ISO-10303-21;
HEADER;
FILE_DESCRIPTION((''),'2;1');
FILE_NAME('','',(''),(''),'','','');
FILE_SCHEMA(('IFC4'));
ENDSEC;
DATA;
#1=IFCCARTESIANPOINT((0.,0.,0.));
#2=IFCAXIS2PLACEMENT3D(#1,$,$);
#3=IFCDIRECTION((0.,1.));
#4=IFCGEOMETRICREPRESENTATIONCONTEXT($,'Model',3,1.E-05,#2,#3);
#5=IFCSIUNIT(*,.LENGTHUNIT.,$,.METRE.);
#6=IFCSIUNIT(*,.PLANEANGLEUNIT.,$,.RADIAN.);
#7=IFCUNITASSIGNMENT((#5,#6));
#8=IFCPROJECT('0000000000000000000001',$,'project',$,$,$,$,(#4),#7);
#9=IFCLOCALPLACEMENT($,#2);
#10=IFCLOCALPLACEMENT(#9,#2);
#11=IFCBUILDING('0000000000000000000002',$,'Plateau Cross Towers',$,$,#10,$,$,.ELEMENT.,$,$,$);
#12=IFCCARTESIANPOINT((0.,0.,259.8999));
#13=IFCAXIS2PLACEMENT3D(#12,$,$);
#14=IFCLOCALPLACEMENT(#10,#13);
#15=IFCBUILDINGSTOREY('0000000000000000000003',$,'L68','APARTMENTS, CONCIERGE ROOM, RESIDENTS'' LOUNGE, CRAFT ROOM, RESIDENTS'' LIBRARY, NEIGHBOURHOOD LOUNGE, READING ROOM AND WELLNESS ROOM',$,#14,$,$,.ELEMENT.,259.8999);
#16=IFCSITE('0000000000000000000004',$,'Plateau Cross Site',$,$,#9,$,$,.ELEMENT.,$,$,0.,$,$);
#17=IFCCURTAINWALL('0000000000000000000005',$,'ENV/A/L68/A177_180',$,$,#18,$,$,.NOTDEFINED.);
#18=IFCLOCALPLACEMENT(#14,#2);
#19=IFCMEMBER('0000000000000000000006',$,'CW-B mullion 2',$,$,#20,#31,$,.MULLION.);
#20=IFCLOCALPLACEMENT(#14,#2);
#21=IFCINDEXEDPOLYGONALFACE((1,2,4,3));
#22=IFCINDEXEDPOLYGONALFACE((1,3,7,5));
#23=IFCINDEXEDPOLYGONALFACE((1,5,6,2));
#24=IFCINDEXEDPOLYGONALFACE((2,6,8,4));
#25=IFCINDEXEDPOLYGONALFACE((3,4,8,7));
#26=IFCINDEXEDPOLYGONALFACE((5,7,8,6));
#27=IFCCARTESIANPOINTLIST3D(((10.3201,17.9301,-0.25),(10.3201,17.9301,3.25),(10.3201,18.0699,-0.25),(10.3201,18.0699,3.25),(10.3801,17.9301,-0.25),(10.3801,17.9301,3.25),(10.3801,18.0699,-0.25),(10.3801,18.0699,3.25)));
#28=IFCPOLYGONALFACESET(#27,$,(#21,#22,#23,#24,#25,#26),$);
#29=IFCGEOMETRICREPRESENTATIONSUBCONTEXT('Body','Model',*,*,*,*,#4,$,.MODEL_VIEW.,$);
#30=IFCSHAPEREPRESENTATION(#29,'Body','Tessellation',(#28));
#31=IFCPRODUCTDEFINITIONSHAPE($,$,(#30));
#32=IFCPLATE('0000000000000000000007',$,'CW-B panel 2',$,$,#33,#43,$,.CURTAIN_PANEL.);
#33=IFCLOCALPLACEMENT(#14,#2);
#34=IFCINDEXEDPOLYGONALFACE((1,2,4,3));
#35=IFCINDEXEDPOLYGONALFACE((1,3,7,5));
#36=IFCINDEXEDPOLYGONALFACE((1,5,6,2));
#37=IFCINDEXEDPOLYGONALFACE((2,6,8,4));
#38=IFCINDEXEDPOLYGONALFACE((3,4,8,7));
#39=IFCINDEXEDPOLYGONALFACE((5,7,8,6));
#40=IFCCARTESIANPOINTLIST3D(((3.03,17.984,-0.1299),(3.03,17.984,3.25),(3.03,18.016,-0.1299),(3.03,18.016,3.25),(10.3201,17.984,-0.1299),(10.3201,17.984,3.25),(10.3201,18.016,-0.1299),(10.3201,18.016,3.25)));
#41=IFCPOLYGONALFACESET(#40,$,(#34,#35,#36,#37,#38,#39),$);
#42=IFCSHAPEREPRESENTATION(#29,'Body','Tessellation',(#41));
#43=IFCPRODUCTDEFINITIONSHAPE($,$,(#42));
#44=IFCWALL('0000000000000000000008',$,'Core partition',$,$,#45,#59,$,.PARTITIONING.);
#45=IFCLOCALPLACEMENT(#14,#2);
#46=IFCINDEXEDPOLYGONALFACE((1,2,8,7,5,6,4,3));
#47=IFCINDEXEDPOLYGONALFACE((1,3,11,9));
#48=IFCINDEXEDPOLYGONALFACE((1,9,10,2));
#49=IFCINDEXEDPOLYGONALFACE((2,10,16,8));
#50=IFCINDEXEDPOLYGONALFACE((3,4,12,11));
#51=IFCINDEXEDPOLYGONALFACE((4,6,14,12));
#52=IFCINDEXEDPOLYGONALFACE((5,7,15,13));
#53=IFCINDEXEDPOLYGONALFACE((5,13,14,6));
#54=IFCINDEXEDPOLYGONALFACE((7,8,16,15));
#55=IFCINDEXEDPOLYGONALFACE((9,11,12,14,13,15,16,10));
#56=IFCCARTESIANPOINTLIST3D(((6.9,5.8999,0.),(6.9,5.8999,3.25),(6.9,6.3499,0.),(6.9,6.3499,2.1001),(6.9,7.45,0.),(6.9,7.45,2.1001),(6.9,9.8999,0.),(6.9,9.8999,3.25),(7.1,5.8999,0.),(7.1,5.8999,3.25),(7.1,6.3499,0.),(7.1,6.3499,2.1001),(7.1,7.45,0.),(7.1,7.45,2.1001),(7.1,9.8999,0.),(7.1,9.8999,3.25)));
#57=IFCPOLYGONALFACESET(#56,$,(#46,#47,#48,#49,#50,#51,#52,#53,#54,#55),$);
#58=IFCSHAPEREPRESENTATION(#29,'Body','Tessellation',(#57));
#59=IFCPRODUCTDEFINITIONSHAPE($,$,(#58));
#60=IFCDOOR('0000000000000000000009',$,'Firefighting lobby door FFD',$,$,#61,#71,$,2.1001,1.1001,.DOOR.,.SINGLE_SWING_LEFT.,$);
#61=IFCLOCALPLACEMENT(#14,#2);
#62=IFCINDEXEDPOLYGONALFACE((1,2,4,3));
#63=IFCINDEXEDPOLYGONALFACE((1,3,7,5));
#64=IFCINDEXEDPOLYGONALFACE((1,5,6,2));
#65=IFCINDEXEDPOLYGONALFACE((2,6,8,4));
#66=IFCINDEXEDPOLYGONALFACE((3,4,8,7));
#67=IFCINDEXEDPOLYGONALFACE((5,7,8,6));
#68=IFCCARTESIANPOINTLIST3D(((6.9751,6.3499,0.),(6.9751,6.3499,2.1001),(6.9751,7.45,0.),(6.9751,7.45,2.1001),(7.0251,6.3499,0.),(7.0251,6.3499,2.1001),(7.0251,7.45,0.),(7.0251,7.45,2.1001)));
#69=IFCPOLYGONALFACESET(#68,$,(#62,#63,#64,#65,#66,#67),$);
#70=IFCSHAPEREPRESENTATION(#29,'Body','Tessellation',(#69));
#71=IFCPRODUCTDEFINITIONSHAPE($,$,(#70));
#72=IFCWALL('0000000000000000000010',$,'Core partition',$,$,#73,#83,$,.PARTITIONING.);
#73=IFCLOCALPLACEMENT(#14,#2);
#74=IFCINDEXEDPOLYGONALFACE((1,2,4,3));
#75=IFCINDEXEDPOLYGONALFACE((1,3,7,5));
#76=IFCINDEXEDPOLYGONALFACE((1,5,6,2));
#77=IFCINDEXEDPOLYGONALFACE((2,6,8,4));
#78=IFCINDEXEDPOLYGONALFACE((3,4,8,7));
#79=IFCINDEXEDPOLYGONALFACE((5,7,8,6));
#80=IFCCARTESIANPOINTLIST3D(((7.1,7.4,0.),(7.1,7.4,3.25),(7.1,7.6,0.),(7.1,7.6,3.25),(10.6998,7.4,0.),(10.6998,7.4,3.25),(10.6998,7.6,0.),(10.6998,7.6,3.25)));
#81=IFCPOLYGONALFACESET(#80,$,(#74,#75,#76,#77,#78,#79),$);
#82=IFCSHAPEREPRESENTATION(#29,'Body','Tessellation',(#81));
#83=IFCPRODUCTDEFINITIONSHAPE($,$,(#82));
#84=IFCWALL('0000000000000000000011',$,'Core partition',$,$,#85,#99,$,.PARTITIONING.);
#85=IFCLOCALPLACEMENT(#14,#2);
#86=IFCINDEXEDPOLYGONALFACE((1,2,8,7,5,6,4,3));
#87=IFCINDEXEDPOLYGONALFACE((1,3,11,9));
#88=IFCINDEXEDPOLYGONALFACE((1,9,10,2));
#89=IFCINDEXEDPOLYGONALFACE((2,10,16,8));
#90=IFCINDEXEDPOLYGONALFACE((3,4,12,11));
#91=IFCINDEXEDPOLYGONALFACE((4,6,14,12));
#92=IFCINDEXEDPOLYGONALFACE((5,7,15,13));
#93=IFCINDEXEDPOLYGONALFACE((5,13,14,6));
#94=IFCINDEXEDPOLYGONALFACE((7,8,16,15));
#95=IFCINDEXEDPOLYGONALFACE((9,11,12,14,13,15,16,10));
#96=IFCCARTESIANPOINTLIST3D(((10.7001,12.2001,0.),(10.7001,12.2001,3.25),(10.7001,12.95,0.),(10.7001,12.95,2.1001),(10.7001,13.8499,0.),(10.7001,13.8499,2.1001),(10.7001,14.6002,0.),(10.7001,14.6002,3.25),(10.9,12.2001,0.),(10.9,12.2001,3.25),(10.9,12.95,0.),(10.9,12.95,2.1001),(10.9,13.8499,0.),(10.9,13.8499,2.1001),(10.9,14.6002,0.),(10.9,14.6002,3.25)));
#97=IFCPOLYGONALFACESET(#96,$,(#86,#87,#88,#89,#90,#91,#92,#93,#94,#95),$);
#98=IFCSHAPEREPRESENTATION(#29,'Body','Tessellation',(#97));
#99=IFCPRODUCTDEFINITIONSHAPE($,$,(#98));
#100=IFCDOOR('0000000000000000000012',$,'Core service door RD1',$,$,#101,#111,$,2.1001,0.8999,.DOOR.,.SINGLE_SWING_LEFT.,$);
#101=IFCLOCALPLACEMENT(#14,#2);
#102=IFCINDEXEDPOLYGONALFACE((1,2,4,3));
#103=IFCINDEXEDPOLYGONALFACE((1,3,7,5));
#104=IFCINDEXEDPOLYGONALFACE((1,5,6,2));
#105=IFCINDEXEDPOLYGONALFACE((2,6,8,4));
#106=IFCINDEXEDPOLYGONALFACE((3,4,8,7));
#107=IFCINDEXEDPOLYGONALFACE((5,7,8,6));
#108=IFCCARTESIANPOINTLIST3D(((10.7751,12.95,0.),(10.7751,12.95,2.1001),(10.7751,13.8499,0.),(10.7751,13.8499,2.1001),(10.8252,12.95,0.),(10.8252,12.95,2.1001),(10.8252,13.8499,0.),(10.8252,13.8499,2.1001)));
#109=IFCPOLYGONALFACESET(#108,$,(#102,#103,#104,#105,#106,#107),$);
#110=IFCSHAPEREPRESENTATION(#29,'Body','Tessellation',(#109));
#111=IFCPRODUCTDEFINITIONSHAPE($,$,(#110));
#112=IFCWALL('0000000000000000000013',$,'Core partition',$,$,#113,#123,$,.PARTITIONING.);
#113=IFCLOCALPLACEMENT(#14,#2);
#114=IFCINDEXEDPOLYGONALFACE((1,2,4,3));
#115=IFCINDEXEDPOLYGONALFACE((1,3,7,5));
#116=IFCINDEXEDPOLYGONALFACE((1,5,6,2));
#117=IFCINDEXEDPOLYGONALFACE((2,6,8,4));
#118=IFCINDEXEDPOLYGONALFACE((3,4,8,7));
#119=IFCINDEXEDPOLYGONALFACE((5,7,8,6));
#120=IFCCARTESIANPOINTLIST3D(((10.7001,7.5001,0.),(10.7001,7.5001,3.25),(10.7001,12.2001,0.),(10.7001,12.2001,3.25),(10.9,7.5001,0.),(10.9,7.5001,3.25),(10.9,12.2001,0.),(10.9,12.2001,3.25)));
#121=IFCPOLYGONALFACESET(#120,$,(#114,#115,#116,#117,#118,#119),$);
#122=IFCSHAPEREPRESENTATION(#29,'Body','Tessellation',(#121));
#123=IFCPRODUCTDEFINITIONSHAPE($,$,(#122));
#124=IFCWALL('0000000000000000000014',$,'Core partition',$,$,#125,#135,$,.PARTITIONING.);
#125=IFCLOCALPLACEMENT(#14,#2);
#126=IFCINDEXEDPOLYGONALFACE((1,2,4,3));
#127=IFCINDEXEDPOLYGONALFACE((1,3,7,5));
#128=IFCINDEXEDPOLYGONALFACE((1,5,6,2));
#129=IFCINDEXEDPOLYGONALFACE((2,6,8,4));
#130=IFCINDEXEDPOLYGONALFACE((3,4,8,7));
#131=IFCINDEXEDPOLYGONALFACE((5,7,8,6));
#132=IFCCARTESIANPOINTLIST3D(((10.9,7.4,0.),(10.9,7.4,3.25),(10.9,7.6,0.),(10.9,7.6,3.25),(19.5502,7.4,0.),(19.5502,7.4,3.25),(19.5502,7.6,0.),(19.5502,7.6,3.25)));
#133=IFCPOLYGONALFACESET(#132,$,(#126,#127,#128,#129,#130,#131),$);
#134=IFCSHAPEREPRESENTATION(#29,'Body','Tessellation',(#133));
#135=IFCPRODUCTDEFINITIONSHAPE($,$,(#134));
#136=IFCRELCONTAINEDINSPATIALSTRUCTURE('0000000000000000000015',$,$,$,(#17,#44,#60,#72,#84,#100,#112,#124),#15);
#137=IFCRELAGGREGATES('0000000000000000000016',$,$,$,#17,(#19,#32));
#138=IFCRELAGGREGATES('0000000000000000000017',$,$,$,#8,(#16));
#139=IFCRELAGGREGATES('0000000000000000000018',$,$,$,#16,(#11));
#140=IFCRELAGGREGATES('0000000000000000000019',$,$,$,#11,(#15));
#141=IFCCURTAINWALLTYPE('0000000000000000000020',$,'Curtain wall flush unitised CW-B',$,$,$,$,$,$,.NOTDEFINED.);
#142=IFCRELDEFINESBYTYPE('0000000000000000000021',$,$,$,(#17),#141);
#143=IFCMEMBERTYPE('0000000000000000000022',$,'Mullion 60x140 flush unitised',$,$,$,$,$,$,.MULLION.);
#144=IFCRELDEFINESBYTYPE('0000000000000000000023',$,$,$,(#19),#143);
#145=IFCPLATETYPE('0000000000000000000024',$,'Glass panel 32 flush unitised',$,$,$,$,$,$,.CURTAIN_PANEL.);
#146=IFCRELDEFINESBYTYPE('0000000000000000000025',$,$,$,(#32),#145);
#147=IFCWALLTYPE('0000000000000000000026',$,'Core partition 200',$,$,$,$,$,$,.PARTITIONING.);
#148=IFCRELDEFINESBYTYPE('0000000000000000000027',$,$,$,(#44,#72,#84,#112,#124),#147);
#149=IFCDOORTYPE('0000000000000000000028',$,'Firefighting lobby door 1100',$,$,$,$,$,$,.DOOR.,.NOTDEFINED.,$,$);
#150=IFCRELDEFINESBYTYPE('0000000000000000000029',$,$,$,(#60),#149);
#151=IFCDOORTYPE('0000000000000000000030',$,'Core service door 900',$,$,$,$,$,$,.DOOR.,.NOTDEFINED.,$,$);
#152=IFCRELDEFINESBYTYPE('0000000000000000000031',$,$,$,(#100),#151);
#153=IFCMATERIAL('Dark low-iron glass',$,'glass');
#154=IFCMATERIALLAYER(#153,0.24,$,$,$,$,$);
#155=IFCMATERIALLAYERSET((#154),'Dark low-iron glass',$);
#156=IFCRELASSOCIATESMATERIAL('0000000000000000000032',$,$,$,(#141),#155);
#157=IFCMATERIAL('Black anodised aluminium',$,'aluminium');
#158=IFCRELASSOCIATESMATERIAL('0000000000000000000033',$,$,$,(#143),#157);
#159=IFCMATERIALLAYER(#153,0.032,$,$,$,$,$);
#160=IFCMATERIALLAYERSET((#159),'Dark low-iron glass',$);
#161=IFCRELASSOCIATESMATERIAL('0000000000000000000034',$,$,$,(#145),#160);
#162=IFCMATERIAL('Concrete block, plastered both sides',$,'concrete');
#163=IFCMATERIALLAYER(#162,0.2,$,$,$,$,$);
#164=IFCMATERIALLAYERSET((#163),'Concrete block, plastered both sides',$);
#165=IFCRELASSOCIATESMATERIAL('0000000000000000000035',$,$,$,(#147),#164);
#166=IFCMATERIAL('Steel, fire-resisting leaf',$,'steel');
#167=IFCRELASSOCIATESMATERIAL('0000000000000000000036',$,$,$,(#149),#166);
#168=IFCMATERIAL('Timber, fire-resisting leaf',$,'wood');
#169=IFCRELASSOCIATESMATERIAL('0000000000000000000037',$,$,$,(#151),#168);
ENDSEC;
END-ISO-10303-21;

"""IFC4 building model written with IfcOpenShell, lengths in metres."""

from ifc_helpers import new_model, si_unit, direction, frame, frame_2d, origin, origin_2d, place, context, subcontext, project, spatial, rectangle, extrude, material, layer, layer_set, material_profile, profile_set, type_object, element, fill, aggregate, save


model = new_model("IFC4")

# Units and contexts
model_context = context("Model", 3, precision=1e-05, world=origin(), true_north=direction((0.0, 1.0)))
body_context = subcontext(model_context, "Body", "Model", "MODEL_VIEW")
ifc_project = project(units=[si_unit("LENGTHUNIT", "METRE"), si_unit("PLANEANGLEUNIT", "RADIAN")], contexts=[model_context])

# Site, building, storey
site_placement = place(None, origin())
site = spatial("IfcSite", under=ifc_project, at=site_placement, Name="Plateau Cross Site", CompositionType="ELEMENT", RefElevation=0.0)
building_placement = place(site_placement, origin())
building = spatial("IfcBuilding", under=site, at=building_placement, Name="Plateau Cross Towers", CompositionType="ELEMENT")
storey_placement = place(building_placement, frame((0.0, 0.0, 259.8999)))
storey = spatial("IfcBuildingStorey", under=building, at=storey_placement, Name="L68", Description="APARTMENTS, CONCIERGE ROOM, RESIDENTS' LOUNGE, CRAFT ROOM, RESIDENTS' LIBRARY, NEIGHBOURHOOD LOUNGE, READING ROOM AND WELLNESS ROOM", CompositionType="ELEMENT", Elevation=259.8999)

# Curtain wall, member, plate
ifc_material_1 = material(Name="Dark low-iron glass", Category="glass")
ifc_layer_1 = layer(ifc_material_1, 0.24)
ifc_layer_set_1 = layer_set([ifc_layer_1], Name="Dark low-iron glass")
curtain_wall_type = type_object("IfcCurtainWallType", Name="Curtain wall flush unitised CW-B", PredefinedType="NOTDEFINED", material=ifc_layer_set_1)
curtain_wall_placement = place(storey_placement, origin())
curtain_wall = element("IfcCurtainWall", 1, at=curtain_wall_placement, inside=storey, type_object=curtain_wall_type, Name="ENV/A/L68/A177_180", PredefinedType="NOTDEFINED")
ifc_material_2 = material(Name="Black anodised aluminium", Category="aluminium")
ifc_material_profile = material_profile(ifc_material_2, rectangle(XDim=0.0601, YDim=0.1399, at=origin_2d()), Name="MULLION 60x140")
ifc_profile_set = profile_set([ifc_material_profile], Name="Black anodised aluminium")
member_type = type_object("IfcMemberType", Name="Mullion 60x140 flush unitised", PredefinedType="MULLION", material=ifc_profile_set)
member_placement = place(storey_placement, frame((10.3501, 18.0, -0.25), z_axis=(0.0, 0.0, 1.0), x_axis=(-1.0, 0.0, 0.0)))
member = element("IfcMember", 2, at=member_placement, type_object=member_type, Name="CW-B mullion 2", PredefinedType="MULLION", context=body_context, shape_type="SweptSolid", body=[
    extrude(rectangle(XDim=0.0601, YDim=0.1399, at=origin_2d()), origin(), (0.0, 0.0, 1.0), 3.5),
])
ifc_layer_2 = layer(ifc_material_1, 0.032)
ifc_layer_set_2 = layer_set([ifc_layer_2], Name="Dark low-iron glass")
plate_type = type_object("IfcPlateType", Name="Glass panel 32 flush unitised", PredefinedType="CURTAIN_PANEL", material=ifc_layer_set_2)
plate_placement = place(storey_placement, frame((6.675, 18.0, -0.1299), z_axis=(0.0, 0.0, 1.0), x_axis=(-1.0, 0.0, 0.0)))
plate = element("IfcPlate", 3, at=plate_placement, type_object=plate_type, Name="CW-B panel 2", PredefinedType="CURTAIN_PANEL", context=body_context, shape_type="SweptSolid", body=[
    extrude(rectangle(XDim=7.29, YDim=0.032, at=origin_2d()), origin(), (0.0, 0.0, 1.0), 3.3799),
])
aggregate(curtain_wall, [member, plate])

# Wall, opening, door
ifc_material_3 = material(Name="Concrete block, plastered both sides", Category="concrete")
ifc_layer_3 = layer(ifc_material_3, 0.2)
ifc_layer_set_3 = layer_set([ifc_layer_3], Name="Concrete block, plastered both sides")
wall_type_1 = type_object("IfcWallType", Name="Core partition 200", PredefinedType="PARTITIONING", material=ifc_layer_set_3)
wall_1_placement = place(storey_placement, frame((7.0, 5.8999, 0.0), z_axis=(0.0, 0.0, 1.0), x_axis=(0.0, 1.0, 0.0)))
wall_1 = element("IfcWall", 4, at=wall_1_placement, inside=storey, type_object=wall_type_1, Name="Core partition", PredefinedType="PARTITIONING", context=body_context, shape_type="SweptSolid", body=[
    extrude(rectangle(XDim=4.0, YDim=0.2, at=frame_2d((2.0, 0.0))), origin(), (0.0, 0.0, 1.0), 3.25),
])
opening_1_placement = place(wall_1_placement, frame((0.45, 0.0, 0.0)))
opening_1 = element("IfcOpeningElement", 5, at=opening_1_placement, cuts=wall_1, PredefinedType="OPENING", context=body_context, shape_type="SweptSolid", body=[
    extrude(rectangle(XDim=1.1001, YDim=2.1001, at=frame_2d((0.55, 1.05))), frame((0.0, 0.1099, 0.0), z_axis=(0.0, -1.0, 0.0), x_axis=(1.0, 0.0, 0.0)), (0.0, 0.0, 1.0), 0.22),
])
ifc_material_4 = material(Name="Steel, fire-resisting leaf", Category="steel")
door_type_1 = type_object("IfcDoorType", Name="Firefighting lobby door 1100", OperationType="NOTDEFINED", PredefinedType="DOOR", material=ifc_material_4)
door_1_placement = place(opening_1_placement, origin())
door_1 = element("IfcDoor", 6, at=door_1_placement, inside=storey, type_object=door_type_1, Name="Firefighting lobby door FFD", OperationType="SINGLE_SWING_LEFT", OverallHeight=2.1001, OverallWidth=1.1001, PredefinedType="DOOR", context=body_context, shape_type="SweptSolid", body=[
    extrude(rectangle(XDim=1.1001, YDim=2.1001, at=frame_2d((0.55, 1.05))), frame((0.0, 0.0249, 0.0), z_axis=(0.0, -1.0, 0.0), x_axis=(1.0, 0.0, 0.0)), (0.0, 0.0, 1.0), 0.05),
])
fill(opening_1, door_1)

# Wall
wall_2_placement = place(storey_placement, frame((7.1001, 7.5, 0.0), z_axis=(0.0, 0.0, 1.0), x_axis=(1.0, 0.0, 0.0)))
element("IfcWall", 7, at=wall_2_placement, inside=storey, type_object=wall_type_1, Name="Core partition", PredefinedType="PARTITIONING", context=body_context, shape_type="SweptSolid", body=[
    extrude(rectangle(XDim=3.5999, YDim=0.2, at=frame_2d((1.7998, 0.0))), origin(), (0.0, 0.0, 1.0), 3.25),
])

# Wall, opening, door
wall_3_placement = place(storey_placement, frame((10.8, 12.2, 0.0), z_axis=(0.0, 0.0, 1.0), x_axis=(0.0, 1.0, 0.0)))
wall_3 = element("IfcWall", 8, at=wall_3_placement, inside=storey, type_object=wall_type_1, Name="Core partition", PredefinedType="PARTITIONING", context=body_context, shape_type="SweptSolid", body=[
    extrude(rectangle(XDim=2.4001, YDim=0.2, at=frame_2d((1.2002, 0.0))), origin(), (0.0, 0.0, 1.0), 3.25),
])
opening_2_placement = place(wall_3_placement, frame((0.75, 0.0, 0.0)))
opening_2 = element("IfcOpeningElement", 9, at=opening_2_placement, cuts=wall_3, PredefinedType="OPENING", context=body_context, shape_type="SweptSolid", body=[
    extrude(rectangle(XDim=0.8999, YDim=2.1001, at=frame_2d((0.45, 1.05))), frame((0.0, 0.1099, 0.0), z_axis=(0.0, -1.0, 0.0), x_axis=(1.0, 0.0, 0.0)), (0.0, 0.0, 1.0), 0.22),
])
ifc_material_5 = material(Name="Timber, fire-resisting leaf", Category="wood")
door_type_2 = type_object("IfcDoorType", Name="Core service door 900", OperationType="NOTDEFINED", PredefinedType="DOOR", material=ifc_material_5)
door_2_placement = place(opening_2_placement, origin())
door_2 = element("IfcDoor", 10, at=door_2_placement, inside=storey, type_object=door_type_2, Name="Core service door RD1", OperationType="SINGLE_SWING_LEFT", OverallHeight=2.1001, OverallWidth=0.8999, PredefinedType="DOOR", context=body_context, shape_type="SweptSolid", body=[
    extrude(rectangle(XDim=0.8999, YDim=2.1001, at=frame_2d((0.45, 1.05))), frame((0.0, 0.0249, 0.0), z_axis=(0.0, -1.0, 0.0), x_axis=(1.0, 0.0, 0.0)), (0.0, 0.0, 1.0), 0.05),
])
fill(opening_2, door_2)

# Walls
wall_4_placement = place(storey_placement, frame((10.8, 7.5, 0.0), z_axis=(0.0, 0.0, 1.0), x_axis=(0.0, 1.0, 0.0)))
element("IfcWall", 11, at=wall_4_placement, inside=storey, type_object=wall_type_1, Name="Core partition", PredefinedType="PARTITIONING", context=body_context, shape_type="SweptSolid", body=[
    extrude(rectangle(XDim=4.7, YDim=0.2, at=frame_2d((2.3501, 0.0))), origin(), (0.0, 0.0, 1.0), 3.25),
])
wall_5_placement = place(storey_placement, frame((10.8999, 7.5, 0.0), z_axis=(0.0, 0.0, 1.0), x_axis=(1.0, 0.0, 0.0)))
element("IfcWall", 12, at=wall_5_placement, inside=storey, type_object=wall_type_1, Name="Core partition", PredefinedType="PARTITIONING", context=body_context, shape_type="SweptSolid", body=[
    extrude(rectangle(XDim=8.6501, YDim=0.2, at=frame_2d((4.3252, 0.0))), origin(), (0.0, 0.0, 1.0), 3.25),
])

save(model, "model.ifc")
